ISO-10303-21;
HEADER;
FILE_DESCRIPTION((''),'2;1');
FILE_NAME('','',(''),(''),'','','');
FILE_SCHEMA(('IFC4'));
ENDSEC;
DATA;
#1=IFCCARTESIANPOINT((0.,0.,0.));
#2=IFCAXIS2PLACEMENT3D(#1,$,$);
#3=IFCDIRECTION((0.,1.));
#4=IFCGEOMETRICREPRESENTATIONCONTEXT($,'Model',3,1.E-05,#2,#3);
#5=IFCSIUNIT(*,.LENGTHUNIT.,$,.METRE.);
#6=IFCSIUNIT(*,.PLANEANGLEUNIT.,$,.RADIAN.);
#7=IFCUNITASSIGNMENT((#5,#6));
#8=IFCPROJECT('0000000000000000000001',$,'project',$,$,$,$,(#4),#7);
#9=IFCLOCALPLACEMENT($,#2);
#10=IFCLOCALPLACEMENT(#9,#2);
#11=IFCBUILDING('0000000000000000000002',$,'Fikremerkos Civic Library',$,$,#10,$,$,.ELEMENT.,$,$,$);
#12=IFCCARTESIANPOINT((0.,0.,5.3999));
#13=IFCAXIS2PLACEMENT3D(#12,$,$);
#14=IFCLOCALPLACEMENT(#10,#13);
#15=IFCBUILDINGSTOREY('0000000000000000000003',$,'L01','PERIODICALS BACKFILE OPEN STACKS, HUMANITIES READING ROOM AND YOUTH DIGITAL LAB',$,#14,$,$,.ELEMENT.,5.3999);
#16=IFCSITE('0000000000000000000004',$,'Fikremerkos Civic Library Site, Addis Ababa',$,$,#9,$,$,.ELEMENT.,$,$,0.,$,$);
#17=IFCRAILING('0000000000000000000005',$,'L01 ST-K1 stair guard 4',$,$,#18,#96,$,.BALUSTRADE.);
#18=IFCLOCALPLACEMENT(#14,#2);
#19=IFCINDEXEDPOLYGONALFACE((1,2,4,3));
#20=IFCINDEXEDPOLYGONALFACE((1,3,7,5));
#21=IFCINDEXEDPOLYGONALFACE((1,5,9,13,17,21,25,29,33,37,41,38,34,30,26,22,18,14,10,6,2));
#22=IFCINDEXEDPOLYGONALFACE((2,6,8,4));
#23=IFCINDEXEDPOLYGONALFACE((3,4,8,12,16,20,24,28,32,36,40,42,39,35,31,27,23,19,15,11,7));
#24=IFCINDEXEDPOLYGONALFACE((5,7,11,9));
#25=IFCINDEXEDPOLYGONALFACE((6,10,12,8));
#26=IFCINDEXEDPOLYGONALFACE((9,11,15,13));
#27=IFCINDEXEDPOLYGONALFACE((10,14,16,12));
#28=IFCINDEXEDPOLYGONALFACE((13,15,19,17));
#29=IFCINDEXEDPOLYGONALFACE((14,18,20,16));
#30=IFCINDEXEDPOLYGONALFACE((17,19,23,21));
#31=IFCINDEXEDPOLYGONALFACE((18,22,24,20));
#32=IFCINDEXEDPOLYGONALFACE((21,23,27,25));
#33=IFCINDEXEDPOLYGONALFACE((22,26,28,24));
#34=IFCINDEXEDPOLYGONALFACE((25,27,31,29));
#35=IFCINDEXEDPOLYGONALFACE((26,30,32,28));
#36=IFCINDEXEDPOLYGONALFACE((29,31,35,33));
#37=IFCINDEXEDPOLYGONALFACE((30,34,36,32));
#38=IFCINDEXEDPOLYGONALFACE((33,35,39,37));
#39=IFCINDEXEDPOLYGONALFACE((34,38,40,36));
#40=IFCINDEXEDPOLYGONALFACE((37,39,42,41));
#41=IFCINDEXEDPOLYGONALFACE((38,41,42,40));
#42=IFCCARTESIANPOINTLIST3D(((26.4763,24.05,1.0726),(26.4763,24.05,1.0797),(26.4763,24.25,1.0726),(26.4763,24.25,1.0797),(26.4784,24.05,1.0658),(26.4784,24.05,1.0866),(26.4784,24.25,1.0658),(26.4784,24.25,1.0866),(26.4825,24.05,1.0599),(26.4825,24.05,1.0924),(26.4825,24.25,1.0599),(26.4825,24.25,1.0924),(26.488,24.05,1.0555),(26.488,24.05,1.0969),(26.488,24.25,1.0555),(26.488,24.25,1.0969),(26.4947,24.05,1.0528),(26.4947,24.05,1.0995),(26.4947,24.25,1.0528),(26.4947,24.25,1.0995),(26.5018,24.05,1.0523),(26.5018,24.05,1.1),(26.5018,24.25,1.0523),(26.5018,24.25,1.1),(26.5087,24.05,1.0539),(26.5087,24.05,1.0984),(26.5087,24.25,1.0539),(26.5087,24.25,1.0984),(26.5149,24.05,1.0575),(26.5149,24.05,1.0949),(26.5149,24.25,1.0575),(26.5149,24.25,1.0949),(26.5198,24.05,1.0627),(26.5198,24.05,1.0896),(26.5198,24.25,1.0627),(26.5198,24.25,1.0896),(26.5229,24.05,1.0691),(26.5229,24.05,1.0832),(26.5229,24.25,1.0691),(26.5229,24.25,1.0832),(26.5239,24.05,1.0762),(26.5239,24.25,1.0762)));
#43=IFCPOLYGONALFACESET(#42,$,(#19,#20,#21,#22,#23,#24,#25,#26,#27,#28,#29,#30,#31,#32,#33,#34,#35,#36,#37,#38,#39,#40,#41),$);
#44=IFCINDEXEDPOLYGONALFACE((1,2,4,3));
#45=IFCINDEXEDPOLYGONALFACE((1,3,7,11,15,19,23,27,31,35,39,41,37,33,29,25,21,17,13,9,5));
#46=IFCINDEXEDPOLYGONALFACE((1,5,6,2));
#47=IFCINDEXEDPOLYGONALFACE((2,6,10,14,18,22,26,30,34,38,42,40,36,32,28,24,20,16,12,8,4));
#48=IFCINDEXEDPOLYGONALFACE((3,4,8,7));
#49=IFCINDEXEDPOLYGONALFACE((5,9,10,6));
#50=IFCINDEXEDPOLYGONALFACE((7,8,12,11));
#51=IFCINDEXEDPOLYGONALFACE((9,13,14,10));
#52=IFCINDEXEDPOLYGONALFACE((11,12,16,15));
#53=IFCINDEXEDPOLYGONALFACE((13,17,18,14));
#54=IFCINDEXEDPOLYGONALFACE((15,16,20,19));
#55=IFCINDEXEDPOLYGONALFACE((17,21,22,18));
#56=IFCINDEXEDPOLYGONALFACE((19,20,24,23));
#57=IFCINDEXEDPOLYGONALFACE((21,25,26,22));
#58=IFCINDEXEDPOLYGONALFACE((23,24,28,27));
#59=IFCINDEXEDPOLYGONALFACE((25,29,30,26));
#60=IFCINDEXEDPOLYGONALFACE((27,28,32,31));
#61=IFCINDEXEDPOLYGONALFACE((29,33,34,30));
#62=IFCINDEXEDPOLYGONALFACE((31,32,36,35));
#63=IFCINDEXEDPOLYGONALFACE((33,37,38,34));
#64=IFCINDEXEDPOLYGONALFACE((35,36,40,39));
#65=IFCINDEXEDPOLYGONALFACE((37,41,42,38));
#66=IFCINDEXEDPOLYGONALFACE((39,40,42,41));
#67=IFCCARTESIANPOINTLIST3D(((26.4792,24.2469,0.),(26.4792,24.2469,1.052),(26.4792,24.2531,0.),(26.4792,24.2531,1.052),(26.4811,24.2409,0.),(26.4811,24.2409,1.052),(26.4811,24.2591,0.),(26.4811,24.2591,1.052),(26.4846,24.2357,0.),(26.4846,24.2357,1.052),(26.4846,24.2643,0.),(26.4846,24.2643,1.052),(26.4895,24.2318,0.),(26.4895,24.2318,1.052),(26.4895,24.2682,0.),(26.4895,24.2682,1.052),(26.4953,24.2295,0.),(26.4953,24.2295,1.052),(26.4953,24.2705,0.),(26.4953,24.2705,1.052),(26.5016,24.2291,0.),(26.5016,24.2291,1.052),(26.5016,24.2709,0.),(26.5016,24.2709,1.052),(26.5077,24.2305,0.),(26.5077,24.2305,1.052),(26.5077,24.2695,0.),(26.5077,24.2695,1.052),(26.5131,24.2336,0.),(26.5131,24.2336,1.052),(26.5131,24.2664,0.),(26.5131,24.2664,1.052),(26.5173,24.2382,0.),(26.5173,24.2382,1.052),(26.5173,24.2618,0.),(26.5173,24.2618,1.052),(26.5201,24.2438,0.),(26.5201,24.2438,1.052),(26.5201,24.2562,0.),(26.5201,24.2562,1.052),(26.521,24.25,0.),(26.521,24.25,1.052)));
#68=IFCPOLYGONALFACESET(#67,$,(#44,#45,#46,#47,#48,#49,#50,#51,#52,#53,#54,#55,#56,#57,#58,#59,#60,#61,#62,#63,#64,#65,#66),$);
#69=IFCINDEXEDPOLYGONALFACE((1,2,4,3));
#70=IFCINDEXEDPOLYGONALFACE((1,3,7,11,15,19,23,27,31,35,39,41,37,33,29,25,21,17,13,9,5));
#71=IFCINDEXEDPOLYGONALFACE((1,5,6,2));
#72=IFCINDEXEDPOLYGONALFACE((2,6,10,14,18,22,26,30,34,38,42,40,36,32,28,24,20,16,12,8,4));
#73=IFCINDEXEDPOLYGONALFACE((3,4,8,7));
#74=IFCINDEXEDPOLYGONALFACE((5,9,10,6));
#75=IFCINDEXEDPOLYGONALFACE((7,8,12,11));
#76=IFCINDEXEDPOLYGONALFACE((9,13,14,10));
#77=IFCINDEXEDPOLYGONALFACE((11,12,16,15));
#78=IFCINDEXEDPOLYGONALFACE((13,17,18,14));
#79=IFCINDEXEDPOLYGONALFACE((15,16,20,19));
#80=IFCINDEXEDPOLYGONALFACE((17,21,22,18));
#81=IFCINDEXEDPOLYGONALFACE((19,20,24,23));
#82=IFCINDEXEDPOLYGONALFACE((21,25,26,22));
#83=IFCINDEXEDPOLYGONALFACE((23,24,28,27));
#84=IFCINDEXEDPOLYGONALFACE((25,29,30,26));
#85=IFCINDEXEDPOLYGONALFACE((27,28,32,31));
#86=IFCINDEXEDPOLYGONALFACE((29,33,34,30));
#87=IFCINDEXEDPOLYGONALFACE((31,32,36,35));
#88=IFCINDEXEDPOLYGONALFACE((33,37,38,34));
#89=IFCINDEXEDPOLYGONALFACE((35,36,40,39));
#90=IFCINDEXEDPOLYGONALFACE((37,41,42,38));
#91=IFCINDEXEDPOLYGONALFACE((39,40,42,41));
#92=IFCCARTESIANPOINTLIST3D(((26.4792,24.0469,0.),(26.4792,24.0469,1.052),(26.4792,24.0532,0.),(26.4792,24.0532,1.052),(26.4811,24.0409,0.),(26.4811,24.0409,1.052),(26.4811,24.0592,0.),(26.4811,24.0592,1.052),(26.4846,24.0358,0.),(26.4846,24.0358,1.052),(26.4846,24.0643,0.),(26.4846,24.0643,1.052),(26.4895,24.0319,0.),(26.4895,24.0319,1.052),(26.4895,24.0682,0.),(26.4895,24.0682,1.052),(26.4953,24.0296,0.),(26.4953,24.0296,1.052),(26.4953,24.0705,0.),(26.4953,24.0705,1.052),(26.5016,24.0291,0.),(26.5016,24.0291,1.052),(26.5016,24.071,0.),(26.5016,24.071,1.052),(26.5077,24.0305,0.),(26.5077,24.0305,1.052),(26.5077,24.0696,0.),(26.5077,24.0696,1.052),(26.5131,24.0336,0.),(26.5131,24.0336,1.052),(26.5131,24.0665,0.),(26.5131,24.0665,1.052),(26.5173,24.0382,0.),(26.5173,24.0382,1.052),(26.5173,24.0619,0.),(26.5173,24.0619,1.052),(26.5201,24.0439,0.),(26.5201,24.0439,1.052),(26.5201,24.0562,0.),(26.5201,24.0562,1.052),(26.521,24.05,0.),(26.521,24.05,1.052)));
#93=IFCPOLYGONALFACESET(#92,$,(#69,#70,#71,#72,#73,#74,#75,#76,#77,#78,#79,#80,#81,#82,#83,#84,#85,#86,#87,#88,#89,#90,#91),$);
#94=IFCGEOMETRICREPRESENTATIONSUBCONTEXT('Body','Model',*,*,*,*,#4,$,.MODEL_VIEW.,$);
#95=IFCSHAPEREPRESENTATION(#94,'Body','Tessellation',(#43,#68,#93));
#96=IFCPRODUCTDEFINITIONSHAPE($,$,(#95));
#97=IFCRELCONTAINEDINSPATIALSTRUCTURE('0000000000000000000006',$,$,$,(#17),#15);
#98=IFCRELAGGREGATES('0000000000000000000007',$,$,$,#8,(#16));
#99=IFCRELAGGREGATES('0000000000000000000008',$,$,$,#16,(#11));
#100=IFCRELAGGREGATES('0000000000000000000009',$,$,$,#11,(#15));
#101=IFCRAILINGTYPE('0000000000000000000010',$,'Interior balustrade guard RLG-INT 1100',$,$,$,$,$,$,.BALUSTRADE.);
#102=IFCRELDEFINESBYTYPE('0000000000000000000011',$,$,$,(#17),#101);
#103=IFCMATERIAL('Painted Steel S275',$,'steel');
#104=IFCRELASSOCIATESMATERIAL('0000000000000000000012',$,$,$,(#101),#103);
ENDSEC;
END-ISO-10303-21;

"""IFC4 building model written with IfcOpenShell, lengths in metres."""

from ifc_helpers import new_model, si_unit, direction, frame, origin, origin_2d, place, context, subcontext, project, spatial, circle, extrude, material, type_object, element, save


model = new_model("IFC4")

# Units and contexts
model_context = context("Model", 3, precision=1e-05, world=origin(), true_north=direction((0.0, 1.0)))
body_context = subcontext(model_context, "Body", "Model", "MODEL_VIEW")
ifc_project = project(units=[si_unit("LENGTHUNIT", "METRE"), si_unit("PLANEANGLEUNIT", "RADIAN")], contexts=[model_context])

# Site, building, storey
site_placement = place(None, origin())
site = spatial("IfcSite", under=ifc_project, at=site_placement, Name="Fikremerkos Civic Library Site, Addis Ababa", CompositionType="ELEMENT", RefElevation=0.0)
building_placement = place(site_placement, origin())
building = spatial("IfcBuilding", under=site, at=building_placement, Name="Fikremerkos Civic Library", CompositionType="ELEMENT")
storey_placement = place(building_placement, frame((0.0, 0.0, 5.3999)))
storey = spatial("IfcBuildingStorey", under=building, at=storey_placement, Name="L01", Description="PERIODICALS BACKFILE OPEN STACKS, HUMANITIES READING ROOM AND YOUTH DIGITAL LAB", CompositionType="ELEMENT", Elevation=5.3999)

# Railing
ifc_material_1 = material(Name="Painted Steel S275", Category="steel")
railing_type_1 = type_object("IfcRailingType", Name="Interior balustrade guard RLG-INT 1100", PredefinedType="BALUSTRADE", material=ifc_material_1)
railing_1_placement = place(storey_placement, frame((26.5, 24.25, 0.0)))
element("IfcRailing", 1, at=railing_1_placement, inside=storey, type_object=railing_type_1, Name="L01 ST-K1 stair guard 4", PredefinedType="BALUSTRADE", context=body_context, shape_type="SweptSolid", body=[
    extrude(circle(Radius=0.0239, at=origin_2d()), frame((0.0, 0.0, 1.0762), z_axis=(0.0, -1.0, 0.0), x_axis=(1.0, 0.0, 0.0)), (0.0, 0.0, 1.0), 0.2),
    extrude(circle(Radius=0.021, at=origin_2d()), origin(), (0.0, 0.0, 1.0), 1.052),
    extrude(circle(Radius=0.021, at=origin_2d()), frame((0.0, -0.2, 0.0)), (0.0, 0.0, 1.0), 1.052),
])

save(model, "model.ifc")
